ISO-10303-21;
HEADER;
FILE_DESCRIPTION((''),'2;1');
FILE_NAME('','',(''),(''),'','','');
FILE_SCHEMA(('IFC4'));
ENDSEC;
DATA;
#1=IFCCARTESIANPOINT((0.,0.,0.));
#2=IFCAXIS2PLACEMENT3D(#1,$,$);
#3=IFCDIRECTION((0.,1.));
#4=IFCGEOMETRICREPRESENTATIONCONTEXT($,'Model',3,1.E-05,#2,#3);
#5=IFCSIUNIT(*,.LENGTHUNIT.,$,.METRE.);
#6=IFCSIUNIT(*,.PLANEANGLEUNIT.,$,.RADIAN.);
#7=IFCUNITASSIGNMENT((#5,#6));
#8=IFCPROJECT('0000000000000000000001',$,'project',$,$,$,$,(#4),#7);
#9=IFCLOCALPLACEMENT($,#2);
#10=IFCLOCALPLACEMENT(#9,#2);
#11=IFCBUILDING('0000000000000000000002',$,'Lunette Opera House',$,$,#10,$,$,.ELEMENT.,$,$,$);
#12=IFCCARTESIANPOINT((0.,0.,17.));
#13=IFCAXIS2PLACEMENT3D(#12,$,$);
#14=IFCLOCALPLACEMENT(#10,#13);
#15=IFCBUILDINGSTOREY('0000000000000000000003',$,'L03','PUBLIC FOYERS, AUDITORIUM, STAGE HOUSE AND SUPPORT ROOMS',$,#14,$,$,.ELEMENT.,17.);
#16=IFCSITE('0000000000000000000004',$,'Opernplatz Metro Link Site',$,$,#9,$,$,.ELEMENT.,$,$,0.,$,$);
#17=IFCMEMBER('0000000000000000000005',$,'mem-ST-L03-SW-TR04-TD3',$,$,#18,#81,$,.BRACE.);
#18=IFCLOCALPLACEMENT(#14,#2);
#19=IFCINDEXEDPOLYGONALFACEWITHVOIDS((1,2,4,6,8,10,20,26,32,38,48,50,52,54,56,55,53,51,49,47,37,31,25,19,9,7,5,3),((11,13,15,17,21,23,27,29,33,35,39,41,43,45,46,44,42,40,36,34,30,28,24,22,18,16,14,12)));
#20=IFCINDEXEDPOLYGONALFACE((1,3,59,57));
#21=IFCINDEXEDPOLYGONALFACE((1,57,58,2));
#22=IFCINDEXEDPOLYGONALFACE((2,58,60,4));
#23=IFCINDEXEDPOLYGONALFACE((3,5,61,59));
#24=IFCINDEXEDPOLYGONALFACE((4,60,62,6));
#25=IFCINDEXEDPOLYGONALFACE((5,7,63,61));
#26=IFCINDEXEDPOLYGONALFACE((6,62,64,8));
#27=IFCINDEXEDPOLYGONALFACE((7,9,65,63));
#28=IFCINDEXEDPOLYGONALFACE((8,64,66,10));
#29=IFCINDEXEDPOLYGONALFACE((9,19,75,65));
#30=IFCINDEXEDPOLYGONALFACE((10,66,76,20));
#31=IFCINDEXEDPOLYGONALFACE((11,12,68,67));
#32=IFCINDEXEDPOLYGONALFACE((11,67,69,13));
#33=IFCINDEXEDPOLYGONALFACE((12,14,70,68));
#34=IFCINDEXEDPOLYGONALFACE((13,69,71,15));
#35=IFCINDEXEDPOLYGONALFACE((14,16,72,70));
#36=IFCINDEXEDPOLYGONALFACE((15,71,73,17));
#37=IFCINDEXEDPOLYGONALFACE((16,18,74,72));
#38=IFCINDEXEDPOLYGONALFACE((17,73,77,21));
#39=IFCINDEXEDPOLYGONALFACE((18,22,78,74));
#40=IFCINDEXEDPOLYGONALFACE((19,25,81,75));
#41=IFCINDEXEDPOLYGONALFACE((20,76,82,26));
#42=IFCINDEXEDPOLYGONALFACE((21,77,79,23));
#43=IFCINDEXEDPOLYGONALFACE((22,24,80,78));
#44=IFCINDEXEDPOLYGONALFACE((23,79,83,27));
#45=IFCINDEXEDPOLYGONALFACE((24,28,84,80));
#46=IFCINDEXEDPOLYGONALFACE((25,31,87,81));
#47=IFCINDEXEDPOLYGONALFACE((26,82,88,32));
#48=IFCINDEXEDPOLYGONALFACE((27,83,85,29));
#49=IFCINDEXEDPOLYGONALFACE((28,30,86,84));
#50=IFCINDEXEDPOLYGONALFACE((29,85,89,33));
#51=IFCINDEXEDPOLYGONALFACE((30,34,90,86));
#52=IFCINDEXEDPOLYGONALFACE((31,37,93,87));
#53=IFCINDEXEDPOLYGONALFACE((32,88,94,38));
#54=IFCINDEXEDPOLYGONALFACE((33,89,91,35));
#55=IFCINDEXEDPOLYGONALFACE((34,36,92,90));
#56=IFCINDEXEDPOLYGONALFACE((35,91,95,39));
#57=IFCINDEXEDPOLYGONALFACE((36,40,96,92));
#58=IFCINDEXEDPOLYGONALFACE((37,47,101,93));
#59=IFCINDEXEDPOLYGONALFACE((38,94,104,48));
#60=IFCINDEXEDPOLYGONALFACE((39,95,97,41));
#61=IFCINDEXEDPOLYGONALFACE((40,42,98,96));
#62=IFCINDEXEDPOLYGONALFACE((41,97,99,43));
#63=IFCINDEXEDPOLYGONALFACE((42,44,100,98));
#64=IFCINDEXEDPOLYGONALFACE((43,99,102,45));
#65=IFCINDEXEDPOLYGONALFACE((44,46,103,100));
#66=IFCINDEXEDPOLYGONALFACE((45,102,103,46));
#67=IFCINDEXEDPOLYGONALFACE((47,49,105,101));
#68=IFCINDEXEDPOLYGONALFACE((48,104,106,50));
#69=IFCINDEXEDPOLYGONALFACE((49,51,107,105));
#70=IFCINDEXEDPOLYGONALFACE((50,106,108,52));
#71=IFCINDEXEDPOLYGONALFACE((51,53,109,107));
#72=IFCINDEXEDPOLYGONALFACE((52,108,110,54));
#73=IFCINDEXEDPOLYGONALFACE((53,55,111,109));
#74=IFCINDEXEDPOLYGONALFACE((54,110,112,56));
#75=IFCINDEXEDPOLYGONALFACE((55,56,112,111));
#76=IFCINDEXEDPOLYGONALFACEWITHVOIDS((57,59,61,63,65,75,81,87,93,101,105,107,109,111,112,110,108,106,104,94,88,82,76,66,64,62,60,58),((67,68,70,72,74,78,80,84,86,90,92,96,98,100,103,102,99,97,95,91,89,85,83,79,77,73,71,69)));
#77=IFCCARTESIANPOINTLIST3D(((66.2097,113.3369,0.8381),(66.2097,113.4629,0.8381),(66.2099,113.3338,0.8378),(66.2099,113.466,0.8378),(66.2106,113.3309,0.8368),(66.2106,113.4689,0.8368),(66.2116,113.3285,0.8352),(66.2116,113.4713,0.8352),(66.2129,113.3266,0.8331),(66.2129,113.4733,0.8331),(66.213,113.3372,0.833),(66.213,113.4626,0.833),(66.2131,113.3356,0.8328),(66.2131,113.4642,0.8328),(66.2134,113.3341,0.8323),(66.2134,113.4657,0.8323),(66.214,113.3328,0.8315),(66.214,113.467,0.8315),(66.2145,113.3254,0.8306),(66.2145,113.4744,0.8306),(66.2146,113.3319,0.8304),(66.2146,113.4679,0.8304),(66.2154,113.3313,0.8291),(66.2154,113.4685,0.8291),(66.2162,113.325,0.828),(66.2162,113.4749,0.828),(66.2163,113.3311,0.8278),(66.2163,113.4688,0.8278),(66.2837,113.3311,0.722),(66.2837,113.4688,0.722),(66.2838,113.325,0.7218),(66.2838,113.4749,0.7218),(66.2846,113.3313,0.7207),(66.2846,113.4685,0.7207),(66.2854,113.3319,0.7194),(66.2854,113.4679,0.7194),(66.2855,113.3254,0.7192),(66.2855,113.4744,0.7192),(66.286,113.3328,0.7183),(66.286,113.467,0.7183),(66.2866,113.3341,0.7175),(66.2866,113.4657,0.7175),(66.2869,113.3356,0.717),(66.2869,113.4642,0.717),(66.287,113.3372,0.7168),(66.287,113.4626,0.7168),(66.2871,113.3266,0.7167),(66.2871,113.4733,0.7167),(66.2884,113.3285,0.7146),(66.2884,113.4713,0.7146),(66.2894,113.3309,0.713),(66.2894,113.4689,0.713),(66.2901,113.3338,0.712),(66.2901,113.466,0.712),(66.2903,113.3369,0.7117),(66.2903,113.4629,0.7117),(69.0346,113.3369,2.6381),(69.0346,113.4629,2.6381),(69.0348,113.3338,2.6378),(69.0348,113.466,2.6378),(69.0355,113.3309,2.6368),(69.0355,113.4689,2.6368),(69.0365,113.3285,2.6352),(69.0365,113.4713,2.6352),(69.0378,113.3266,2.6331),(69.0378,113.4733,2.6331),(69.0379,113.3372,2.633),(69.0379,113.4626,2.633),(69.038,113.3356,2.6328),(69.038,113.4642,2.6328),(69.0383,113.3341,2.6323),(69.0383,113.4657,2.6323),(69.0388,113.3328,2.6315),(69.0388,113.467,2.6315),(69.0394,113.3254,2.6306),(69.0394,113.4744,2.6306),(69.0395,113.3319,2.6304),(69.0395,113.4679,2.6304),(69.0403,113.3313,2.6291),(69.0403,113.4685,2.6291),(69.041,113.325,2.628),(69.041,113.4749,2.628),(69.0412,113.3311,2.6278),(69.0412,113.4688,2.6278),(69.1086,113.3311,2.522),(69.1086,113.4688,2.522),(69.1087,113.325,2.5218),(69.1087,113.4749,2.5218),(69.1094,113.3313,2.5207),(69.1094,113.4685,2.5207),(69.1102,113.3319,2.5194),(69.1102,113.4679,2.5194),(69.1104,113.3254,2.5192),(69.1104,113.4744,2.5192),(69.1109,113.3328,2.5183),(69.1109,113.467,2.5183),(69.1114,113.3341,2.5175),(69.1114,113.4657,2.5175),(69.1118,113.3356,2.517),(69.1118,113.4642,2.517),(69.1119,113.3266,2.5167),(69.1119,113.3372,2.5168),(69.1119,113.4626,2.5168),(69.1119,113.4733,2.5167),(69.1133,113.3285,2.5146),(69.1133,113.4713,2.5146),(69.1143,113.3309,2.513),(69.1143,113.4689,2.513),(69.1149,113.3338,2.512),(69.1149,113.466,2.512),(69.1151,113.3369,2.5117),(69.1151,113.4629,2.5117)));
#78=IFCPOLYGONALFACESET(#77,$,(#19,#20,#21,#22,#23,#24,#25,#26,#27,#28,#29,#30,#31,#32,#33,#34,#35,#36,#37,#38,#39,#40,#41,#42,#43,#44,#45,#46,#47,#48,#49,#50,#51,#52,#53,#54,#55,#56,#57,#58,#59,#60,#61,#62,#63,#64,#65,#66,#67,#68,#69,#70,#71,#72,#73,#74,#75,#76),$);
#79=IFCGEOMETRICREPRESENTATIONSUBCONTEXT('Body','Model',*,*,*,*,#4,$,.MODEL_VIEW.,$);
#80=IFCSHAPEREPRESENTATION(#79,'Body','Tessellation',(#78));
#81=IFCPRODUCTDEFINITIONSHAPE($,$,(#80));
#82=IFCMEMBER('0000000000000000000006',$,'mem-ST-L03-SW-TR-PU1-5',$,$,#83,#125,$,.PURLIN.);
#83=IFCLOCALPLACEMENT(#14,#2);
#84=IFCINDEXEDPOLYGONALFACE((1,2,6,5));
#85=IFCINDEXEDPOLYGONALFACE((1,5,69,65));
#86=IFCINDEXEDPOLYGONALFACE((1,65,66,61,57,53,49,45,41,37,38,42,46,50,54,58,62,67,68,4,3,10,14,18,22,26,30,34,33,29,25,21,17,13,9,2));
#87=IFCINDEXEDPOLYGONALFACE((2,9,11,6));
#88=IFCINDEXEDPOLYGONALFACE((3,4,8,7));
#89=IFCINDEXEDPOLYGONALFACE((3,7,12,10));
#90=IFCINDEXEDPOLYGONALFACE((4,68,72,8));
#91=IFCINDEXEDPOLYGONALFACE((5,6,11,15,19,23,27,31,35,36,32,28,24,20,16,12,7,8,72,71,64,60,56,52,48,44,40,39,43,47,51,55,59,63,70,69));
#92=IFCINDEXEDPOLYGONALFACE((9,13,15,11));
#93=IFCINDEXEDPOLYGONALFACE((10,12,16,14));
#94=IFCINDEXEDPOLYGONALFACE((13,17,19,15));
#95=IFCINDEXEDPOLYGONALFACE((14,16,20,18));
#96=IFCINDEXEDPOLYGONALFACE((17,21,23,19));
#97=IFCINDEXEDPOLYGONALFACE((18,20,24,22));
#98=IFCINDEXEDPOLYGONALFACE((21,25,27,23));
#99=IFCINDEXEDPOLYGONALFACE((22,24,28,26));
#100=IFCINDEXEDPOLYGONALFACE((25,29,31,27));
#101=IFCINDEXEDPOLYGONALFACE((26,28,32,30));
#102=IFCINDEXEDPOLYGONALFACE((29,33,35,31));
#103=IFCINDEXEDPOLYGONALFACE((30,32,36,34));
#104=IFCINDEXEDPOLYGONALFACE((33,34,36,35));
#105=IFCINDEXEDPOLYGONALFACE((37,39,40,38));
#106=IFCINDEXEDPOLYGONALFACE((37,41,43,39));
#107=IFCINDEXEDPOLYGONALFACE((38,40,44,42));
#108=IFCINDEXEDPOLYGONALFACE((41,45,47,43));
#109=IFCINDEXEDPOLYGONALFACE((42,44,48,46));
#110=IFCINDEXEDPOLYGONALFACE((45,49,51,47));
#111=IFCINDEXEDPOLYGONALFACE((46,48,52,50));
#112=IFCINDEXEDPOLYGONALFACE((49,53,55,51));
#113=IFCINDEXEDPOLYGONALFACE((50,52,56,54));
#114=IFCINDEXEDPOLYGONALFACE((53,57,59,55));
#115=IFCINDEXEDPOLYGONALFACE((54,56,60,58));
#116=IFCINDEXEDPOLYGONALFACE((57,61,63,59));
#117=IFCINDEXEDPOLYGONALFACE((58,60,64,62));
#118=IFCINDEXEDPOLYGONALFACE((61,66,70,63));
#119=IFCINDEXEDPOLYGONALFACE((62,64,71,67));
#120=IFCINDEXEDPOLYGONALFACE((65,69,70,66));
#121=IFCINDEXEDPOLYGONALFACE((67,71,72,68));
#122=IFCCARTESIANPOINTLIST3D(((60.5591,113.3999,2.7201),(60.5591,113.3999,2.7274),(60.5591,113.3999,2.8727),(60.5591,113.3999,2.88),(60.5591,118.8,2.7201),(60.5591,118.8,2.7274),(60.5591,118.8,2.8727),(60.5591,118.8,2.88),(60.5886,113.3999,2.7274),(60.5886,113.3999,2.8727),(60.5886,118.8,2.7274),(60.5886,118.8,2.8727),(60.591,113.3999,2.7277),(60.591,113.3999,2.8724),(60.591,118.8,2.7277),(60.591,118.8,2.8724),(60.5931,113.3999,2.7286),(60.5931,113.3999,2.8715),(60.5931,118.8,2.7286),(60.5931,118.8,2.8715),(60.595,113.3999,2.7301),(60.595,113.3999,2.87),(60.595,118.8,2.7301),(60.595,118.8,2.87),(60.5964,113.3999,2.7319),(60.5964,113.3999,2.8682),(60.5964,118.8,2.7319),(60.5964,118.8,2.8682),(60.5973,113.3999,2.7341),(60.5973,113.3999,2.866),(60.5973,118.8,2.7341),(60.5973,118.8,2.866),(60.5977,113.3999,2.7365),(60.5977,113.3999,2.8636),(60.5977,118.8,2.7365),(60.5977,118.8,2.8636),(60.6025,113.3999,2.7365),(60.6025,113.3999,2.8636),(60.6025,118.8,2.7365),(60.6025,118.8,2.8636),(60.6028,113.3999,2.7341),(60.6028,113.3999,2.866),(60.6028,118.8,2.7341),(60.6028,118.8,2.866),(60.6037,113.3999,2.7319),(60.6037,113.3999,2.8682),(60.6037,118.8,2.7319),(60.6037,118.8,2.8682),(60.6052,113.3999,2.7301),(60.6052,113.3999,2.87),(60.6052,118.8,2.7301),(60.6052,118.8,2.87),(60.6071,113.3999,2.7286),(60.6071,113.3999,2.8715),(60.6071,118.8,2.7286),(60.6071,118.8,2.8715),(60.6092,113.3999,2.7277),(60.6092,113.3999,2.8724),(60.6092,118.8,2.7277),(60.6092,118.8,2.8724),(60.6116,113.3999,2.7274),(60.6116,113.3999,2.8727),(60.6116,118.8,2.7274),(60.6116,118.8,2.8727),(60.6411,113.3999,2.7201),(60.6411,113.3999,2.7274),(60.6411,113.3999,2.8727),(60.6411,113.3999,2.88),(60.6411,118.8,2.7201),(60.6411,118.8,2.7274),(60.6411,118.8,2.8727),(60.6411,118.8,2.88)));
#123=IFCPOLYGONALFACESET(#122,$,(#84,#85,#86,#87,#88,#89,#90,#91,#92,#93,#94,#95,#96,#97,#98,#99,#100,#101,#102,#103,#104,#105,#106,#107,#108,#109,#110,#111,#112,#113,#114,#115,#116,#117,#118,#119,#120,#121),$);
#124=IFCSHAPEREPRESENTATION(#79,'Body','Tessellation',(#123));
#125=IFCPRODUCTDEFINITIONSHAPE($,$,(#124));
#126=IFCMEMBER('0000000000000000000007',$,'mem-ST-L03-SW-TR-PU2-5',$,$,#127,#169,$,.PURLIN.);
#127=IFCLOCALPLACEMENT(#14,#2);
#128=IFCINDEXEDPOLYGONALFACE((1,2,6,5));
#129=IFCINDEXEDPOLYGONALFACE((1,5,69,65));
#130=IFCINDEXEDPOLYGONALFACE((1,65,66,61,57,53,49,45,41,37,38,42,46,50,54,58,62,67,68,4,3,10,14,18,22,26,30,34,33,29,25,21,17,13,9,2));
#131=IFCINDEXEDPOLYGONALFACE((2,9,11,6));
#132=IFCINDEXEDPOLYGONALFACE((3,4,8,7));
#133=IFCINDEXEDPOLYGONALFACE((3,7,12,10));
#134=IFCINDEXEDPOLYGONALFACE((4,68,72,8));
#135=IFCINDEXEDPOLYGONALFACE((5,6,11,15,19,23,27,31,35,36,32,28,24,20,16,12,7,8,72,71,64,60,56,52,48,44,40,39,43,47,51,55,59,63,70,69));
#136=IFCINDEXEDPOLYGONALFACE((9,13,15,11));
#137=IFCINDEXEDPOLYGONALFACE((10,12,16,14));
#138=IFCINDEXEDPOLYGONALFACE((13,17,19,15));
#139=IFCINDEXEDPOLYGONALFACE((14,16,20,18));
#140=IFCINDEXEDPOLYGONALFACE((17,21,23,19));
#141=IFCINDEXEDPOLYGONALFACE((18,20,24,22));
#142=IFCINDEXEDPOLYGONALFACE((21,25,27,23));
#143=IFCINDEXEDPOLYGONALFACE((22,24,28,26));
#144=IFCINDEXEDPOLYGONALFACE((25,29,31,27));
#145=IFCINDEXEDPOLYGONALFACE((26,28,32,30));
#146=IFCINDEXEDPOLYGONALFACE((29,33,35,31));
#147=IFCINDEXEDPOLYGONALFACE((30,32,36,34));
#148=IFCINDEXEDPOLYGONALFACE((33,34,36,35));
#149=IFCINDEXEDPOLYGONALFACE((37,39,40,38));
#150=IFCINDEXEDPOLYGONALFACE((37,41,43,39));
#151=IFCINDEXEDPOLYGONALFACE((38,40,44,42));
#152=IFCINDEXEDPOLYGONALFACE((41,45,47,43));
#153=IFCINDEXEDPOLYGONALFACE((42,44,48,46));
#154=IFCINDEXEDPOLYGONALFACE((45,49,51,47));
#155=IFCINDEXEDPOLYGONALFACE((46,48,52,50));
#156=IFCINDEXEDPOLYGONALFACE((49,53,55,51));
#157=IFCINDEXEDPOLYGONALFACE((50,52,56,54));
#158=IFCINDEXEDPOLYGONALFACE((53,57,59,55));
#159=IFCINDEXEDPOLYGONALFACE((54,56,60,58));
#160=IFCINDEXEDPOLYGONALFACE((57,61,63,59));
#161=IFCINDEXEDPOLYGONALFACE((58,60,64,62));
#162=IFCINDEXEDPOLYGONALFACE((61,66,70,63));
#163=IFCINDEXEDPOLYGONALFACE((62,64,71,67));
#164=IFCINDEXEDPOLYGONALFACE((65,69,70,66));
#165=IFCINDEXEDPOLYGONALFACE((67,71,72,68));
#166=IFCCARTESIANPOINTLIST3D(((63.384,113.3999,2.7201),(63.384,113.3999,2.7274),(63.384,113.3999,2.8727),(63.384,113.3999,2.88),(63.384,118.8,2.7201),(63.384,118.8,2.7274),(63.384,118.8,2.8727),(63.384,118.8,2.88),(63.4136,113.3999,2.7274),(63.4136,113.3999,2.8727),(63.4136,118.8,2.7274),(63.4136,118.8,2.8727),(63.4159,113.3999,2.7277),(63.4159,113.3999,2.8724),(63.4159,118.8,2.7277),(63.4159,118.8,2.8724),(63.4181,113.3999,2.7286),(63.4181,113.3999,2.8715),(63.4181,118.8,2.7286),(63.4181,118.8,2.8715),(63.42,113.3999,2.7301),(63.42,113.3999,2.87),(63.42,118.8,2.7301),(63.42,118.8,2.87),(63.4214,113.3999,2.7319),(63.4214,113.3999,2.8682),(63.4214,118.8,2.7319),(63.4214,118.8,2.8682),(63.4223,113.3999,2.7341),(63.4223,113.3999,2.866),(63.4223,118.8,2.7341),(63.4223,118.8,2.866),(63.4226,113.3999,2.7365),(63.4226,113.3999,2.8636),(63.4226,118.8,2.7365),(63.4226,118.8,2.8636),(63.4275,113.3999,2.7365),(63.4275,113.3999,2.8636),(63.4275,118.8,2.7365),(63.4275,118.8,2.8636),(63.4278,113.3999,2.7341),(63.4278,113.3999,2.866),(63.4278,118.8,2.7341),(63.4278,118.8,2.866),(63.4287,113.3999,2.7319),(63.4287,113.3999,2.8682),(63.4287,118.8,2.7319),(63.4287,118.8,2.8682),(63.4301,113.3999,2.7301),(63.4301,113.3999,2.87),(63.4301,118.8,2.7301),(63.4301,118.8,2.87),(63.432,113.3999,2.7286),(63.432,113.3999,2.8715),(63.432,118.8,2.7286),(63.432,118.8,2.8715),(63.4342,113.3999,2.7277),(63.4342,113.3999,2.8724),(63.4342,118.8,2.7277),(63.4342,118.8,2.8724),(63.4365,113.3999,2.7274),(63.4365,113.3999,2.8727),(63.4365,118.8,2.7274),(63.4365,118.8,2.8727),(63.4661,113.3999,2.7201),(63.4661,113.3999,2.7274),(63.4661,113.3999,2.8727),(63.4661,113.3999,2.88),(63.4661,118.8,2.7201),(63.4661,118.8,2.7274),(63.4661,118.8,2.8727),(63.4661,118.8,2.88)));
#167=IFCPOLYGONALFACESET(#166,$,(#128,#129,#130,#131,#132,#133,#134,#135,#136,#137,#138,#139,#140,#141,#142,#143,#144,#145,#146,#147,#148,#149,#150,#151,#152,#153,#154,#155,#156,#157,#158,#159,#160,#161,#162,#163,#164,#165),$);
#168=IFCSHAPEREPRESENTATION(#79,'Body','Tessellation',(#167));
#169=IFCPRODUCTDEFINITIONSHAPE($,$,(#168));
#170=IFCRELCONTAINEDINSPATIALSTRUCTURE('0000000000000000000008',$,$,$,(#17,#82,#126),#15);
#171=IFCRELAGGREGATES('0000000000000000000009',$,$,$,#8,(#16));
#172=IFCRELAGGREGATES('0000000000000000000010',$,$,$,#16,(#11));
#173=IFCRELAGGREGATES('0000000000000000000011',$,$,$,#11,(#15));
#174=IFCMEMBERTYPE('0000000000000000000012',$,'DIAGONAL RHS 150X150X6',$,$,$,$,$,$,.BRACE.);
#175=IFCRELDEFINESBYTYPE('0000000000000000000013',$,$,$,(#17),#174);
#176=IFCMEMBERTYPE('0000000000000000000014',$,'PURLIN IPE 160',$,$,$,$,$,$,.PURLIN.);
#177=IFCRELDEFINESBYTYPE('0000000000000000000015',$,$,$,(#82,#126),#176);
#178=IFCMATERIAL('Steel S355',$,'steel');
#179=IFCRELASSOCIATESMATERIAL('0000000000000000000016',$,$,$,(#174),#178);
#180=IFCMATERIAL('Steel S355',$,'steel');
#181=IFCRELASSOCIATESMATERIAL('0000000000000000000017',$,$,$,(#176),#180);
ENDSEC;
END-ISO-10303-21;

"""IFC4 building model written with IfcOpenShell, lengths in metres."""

from ifc_helpers import new_model, si_unit, direction, frame, origin, origin_2d, place, context, subcontext, project, spatial, hollow_rectangle, i_section, extrude, material, material_profile, profile_set, type_object, element, save


model = new_model("IFC4")

# Units and contexts
model_context = context("Model", 3, precision=1e-05, world=origin(), true_north=direction((0.0, 1.0)))
body_context = subcontext(model_context, "Body", "Model", "MODEL_VIEW")
ifc_project = project(units=[si_unit("LENGTHUNIT", "METRE"), si_unit("PLANEANGLEUNIT", "RADIAN")], contexts=[model_context])

# Site, building, storey
site_placement = place(None, origin())
site = spatial("IfcSite", under=ifc_project, at=site_placement, Name="Opernplatz Metro Link Site", CompositionType="ELEMENT", RefElevation=0.0)
building_placement = place(site_placement, origin())
building = spatial("IfcBuilding", under=site, at=building_placement, Name="Lunette Opera House", CompositionType="ELEMENT")
storey_placement = place(building_placement, frame((0.0, 0.0, 17.0)))
storey = spatial("IfcBuildingStorey", under=building, at=storey_placement, Name="L03", Description="PUBLIC FOYERS, AUDITORIUM, STAGE HOUSE AND SUPPORT ROOMS", CompositionType="ELEMENT", Elevation=17.0)

# Members
ifc_material_1 = material(Name="Steel S355", Category="steel")
ifc_material_profile_1 = material_profile(ifc_material_1, hollow_rectangle(XDim=0.1499, YDim=0.1499, WallThickness=0.0061, InnerFilletRadius=0.0061, OuterFilletRadius=0.012, at=origin_2d()), Name="RHS 150X150X6")
ifc_profile_set_1 = profile_set([ifc_material_profile_1], Name="Steel S355")
member_type_1 = type_object("IfcMemberType", Name="DIAGONAL RHS 150X150X6", PredefinedType="BRACE", material=ifc_profile_set_1)
for number, where, z_axis, x_axis, name in (
    (1, (66.25, 113.3999, 0.7749), (0.843343, 0.0, 0.537375), (0.0, 1.0, 0.0), "mem-ST-L03-SW-TR04-TD3"),
):
    element("IfcMember", number, at=place(storey_placement, frame(where, z_axis=z_axis, x_axis=x_axis)), inside=storey, type_object=member_type_1, Name=name, PredefinedType="BRACE", context=body_context, shape_type="SweptSolid", body=[
        extrude(hollow_rectangle(XDim=0.1499, YDim=0.1499, WallThickness=0.0061, InnerFilletRadius=0.0061, OuterFilletRadius=0.012, at=origin_2d()), origin(), (0.0, 0.0, 1.0), 3.3496),
    ])
ifc_material_2 = material(Name="Steel S355", Category="steel")
ifc_material_profile_2 = material_profile(ifc_material_2, i_section(OverallWidth=0.082, OverallDepth=0.1599, WebThickness=0.0049, FlangeThickness=0.0073, FilletRadius=0.009, at=origin_2d()), Name="IPE 160")
ifc_profile_set_2 = profile_set([ifc_material_profile_2], Name="Steel S355")
member_type_2 = type_object("IfcMemberType", Name="PURLIN IPE 160", PredefinedType="PURLIN", material=ifc_profile_set_2)
for number, where, z_axis, x_axis, name in (
    (2, (60.6001, 113.3999, 2.8), (0.0, 1.0, 0.0), (-1.0, 0.0, 0.0), "mem-ST-L03-SW-TR-PU1-5"),
    (3, (63.425, 113.3999, 2.8), (0.0, 1.0, 0.0), (-1.0, 0.0, 0.0), "mem-ST-L03-SW-TR-PU2-5"),
):
    element("IfcMember", number, at=place(storey_placement, frame(where, z_axis=z_axis, x_axis=x_axis)), inside=storey, type_object=member_type_2, Name=name, PredefinedType="PURLIN", context=body_context, shape_type="SweptSolid", body=[
        extrude(i_section(OverallWidth=0.082, OverallDepth=0.1599, WebThickness=0.0049, FlangeThickness=0.0073, FilletRadius=0.009, at=origin_2d()), origin(), (0.0, 0.0, 1.0), 5.4001),
    ])

save(model, "model.ifc")
